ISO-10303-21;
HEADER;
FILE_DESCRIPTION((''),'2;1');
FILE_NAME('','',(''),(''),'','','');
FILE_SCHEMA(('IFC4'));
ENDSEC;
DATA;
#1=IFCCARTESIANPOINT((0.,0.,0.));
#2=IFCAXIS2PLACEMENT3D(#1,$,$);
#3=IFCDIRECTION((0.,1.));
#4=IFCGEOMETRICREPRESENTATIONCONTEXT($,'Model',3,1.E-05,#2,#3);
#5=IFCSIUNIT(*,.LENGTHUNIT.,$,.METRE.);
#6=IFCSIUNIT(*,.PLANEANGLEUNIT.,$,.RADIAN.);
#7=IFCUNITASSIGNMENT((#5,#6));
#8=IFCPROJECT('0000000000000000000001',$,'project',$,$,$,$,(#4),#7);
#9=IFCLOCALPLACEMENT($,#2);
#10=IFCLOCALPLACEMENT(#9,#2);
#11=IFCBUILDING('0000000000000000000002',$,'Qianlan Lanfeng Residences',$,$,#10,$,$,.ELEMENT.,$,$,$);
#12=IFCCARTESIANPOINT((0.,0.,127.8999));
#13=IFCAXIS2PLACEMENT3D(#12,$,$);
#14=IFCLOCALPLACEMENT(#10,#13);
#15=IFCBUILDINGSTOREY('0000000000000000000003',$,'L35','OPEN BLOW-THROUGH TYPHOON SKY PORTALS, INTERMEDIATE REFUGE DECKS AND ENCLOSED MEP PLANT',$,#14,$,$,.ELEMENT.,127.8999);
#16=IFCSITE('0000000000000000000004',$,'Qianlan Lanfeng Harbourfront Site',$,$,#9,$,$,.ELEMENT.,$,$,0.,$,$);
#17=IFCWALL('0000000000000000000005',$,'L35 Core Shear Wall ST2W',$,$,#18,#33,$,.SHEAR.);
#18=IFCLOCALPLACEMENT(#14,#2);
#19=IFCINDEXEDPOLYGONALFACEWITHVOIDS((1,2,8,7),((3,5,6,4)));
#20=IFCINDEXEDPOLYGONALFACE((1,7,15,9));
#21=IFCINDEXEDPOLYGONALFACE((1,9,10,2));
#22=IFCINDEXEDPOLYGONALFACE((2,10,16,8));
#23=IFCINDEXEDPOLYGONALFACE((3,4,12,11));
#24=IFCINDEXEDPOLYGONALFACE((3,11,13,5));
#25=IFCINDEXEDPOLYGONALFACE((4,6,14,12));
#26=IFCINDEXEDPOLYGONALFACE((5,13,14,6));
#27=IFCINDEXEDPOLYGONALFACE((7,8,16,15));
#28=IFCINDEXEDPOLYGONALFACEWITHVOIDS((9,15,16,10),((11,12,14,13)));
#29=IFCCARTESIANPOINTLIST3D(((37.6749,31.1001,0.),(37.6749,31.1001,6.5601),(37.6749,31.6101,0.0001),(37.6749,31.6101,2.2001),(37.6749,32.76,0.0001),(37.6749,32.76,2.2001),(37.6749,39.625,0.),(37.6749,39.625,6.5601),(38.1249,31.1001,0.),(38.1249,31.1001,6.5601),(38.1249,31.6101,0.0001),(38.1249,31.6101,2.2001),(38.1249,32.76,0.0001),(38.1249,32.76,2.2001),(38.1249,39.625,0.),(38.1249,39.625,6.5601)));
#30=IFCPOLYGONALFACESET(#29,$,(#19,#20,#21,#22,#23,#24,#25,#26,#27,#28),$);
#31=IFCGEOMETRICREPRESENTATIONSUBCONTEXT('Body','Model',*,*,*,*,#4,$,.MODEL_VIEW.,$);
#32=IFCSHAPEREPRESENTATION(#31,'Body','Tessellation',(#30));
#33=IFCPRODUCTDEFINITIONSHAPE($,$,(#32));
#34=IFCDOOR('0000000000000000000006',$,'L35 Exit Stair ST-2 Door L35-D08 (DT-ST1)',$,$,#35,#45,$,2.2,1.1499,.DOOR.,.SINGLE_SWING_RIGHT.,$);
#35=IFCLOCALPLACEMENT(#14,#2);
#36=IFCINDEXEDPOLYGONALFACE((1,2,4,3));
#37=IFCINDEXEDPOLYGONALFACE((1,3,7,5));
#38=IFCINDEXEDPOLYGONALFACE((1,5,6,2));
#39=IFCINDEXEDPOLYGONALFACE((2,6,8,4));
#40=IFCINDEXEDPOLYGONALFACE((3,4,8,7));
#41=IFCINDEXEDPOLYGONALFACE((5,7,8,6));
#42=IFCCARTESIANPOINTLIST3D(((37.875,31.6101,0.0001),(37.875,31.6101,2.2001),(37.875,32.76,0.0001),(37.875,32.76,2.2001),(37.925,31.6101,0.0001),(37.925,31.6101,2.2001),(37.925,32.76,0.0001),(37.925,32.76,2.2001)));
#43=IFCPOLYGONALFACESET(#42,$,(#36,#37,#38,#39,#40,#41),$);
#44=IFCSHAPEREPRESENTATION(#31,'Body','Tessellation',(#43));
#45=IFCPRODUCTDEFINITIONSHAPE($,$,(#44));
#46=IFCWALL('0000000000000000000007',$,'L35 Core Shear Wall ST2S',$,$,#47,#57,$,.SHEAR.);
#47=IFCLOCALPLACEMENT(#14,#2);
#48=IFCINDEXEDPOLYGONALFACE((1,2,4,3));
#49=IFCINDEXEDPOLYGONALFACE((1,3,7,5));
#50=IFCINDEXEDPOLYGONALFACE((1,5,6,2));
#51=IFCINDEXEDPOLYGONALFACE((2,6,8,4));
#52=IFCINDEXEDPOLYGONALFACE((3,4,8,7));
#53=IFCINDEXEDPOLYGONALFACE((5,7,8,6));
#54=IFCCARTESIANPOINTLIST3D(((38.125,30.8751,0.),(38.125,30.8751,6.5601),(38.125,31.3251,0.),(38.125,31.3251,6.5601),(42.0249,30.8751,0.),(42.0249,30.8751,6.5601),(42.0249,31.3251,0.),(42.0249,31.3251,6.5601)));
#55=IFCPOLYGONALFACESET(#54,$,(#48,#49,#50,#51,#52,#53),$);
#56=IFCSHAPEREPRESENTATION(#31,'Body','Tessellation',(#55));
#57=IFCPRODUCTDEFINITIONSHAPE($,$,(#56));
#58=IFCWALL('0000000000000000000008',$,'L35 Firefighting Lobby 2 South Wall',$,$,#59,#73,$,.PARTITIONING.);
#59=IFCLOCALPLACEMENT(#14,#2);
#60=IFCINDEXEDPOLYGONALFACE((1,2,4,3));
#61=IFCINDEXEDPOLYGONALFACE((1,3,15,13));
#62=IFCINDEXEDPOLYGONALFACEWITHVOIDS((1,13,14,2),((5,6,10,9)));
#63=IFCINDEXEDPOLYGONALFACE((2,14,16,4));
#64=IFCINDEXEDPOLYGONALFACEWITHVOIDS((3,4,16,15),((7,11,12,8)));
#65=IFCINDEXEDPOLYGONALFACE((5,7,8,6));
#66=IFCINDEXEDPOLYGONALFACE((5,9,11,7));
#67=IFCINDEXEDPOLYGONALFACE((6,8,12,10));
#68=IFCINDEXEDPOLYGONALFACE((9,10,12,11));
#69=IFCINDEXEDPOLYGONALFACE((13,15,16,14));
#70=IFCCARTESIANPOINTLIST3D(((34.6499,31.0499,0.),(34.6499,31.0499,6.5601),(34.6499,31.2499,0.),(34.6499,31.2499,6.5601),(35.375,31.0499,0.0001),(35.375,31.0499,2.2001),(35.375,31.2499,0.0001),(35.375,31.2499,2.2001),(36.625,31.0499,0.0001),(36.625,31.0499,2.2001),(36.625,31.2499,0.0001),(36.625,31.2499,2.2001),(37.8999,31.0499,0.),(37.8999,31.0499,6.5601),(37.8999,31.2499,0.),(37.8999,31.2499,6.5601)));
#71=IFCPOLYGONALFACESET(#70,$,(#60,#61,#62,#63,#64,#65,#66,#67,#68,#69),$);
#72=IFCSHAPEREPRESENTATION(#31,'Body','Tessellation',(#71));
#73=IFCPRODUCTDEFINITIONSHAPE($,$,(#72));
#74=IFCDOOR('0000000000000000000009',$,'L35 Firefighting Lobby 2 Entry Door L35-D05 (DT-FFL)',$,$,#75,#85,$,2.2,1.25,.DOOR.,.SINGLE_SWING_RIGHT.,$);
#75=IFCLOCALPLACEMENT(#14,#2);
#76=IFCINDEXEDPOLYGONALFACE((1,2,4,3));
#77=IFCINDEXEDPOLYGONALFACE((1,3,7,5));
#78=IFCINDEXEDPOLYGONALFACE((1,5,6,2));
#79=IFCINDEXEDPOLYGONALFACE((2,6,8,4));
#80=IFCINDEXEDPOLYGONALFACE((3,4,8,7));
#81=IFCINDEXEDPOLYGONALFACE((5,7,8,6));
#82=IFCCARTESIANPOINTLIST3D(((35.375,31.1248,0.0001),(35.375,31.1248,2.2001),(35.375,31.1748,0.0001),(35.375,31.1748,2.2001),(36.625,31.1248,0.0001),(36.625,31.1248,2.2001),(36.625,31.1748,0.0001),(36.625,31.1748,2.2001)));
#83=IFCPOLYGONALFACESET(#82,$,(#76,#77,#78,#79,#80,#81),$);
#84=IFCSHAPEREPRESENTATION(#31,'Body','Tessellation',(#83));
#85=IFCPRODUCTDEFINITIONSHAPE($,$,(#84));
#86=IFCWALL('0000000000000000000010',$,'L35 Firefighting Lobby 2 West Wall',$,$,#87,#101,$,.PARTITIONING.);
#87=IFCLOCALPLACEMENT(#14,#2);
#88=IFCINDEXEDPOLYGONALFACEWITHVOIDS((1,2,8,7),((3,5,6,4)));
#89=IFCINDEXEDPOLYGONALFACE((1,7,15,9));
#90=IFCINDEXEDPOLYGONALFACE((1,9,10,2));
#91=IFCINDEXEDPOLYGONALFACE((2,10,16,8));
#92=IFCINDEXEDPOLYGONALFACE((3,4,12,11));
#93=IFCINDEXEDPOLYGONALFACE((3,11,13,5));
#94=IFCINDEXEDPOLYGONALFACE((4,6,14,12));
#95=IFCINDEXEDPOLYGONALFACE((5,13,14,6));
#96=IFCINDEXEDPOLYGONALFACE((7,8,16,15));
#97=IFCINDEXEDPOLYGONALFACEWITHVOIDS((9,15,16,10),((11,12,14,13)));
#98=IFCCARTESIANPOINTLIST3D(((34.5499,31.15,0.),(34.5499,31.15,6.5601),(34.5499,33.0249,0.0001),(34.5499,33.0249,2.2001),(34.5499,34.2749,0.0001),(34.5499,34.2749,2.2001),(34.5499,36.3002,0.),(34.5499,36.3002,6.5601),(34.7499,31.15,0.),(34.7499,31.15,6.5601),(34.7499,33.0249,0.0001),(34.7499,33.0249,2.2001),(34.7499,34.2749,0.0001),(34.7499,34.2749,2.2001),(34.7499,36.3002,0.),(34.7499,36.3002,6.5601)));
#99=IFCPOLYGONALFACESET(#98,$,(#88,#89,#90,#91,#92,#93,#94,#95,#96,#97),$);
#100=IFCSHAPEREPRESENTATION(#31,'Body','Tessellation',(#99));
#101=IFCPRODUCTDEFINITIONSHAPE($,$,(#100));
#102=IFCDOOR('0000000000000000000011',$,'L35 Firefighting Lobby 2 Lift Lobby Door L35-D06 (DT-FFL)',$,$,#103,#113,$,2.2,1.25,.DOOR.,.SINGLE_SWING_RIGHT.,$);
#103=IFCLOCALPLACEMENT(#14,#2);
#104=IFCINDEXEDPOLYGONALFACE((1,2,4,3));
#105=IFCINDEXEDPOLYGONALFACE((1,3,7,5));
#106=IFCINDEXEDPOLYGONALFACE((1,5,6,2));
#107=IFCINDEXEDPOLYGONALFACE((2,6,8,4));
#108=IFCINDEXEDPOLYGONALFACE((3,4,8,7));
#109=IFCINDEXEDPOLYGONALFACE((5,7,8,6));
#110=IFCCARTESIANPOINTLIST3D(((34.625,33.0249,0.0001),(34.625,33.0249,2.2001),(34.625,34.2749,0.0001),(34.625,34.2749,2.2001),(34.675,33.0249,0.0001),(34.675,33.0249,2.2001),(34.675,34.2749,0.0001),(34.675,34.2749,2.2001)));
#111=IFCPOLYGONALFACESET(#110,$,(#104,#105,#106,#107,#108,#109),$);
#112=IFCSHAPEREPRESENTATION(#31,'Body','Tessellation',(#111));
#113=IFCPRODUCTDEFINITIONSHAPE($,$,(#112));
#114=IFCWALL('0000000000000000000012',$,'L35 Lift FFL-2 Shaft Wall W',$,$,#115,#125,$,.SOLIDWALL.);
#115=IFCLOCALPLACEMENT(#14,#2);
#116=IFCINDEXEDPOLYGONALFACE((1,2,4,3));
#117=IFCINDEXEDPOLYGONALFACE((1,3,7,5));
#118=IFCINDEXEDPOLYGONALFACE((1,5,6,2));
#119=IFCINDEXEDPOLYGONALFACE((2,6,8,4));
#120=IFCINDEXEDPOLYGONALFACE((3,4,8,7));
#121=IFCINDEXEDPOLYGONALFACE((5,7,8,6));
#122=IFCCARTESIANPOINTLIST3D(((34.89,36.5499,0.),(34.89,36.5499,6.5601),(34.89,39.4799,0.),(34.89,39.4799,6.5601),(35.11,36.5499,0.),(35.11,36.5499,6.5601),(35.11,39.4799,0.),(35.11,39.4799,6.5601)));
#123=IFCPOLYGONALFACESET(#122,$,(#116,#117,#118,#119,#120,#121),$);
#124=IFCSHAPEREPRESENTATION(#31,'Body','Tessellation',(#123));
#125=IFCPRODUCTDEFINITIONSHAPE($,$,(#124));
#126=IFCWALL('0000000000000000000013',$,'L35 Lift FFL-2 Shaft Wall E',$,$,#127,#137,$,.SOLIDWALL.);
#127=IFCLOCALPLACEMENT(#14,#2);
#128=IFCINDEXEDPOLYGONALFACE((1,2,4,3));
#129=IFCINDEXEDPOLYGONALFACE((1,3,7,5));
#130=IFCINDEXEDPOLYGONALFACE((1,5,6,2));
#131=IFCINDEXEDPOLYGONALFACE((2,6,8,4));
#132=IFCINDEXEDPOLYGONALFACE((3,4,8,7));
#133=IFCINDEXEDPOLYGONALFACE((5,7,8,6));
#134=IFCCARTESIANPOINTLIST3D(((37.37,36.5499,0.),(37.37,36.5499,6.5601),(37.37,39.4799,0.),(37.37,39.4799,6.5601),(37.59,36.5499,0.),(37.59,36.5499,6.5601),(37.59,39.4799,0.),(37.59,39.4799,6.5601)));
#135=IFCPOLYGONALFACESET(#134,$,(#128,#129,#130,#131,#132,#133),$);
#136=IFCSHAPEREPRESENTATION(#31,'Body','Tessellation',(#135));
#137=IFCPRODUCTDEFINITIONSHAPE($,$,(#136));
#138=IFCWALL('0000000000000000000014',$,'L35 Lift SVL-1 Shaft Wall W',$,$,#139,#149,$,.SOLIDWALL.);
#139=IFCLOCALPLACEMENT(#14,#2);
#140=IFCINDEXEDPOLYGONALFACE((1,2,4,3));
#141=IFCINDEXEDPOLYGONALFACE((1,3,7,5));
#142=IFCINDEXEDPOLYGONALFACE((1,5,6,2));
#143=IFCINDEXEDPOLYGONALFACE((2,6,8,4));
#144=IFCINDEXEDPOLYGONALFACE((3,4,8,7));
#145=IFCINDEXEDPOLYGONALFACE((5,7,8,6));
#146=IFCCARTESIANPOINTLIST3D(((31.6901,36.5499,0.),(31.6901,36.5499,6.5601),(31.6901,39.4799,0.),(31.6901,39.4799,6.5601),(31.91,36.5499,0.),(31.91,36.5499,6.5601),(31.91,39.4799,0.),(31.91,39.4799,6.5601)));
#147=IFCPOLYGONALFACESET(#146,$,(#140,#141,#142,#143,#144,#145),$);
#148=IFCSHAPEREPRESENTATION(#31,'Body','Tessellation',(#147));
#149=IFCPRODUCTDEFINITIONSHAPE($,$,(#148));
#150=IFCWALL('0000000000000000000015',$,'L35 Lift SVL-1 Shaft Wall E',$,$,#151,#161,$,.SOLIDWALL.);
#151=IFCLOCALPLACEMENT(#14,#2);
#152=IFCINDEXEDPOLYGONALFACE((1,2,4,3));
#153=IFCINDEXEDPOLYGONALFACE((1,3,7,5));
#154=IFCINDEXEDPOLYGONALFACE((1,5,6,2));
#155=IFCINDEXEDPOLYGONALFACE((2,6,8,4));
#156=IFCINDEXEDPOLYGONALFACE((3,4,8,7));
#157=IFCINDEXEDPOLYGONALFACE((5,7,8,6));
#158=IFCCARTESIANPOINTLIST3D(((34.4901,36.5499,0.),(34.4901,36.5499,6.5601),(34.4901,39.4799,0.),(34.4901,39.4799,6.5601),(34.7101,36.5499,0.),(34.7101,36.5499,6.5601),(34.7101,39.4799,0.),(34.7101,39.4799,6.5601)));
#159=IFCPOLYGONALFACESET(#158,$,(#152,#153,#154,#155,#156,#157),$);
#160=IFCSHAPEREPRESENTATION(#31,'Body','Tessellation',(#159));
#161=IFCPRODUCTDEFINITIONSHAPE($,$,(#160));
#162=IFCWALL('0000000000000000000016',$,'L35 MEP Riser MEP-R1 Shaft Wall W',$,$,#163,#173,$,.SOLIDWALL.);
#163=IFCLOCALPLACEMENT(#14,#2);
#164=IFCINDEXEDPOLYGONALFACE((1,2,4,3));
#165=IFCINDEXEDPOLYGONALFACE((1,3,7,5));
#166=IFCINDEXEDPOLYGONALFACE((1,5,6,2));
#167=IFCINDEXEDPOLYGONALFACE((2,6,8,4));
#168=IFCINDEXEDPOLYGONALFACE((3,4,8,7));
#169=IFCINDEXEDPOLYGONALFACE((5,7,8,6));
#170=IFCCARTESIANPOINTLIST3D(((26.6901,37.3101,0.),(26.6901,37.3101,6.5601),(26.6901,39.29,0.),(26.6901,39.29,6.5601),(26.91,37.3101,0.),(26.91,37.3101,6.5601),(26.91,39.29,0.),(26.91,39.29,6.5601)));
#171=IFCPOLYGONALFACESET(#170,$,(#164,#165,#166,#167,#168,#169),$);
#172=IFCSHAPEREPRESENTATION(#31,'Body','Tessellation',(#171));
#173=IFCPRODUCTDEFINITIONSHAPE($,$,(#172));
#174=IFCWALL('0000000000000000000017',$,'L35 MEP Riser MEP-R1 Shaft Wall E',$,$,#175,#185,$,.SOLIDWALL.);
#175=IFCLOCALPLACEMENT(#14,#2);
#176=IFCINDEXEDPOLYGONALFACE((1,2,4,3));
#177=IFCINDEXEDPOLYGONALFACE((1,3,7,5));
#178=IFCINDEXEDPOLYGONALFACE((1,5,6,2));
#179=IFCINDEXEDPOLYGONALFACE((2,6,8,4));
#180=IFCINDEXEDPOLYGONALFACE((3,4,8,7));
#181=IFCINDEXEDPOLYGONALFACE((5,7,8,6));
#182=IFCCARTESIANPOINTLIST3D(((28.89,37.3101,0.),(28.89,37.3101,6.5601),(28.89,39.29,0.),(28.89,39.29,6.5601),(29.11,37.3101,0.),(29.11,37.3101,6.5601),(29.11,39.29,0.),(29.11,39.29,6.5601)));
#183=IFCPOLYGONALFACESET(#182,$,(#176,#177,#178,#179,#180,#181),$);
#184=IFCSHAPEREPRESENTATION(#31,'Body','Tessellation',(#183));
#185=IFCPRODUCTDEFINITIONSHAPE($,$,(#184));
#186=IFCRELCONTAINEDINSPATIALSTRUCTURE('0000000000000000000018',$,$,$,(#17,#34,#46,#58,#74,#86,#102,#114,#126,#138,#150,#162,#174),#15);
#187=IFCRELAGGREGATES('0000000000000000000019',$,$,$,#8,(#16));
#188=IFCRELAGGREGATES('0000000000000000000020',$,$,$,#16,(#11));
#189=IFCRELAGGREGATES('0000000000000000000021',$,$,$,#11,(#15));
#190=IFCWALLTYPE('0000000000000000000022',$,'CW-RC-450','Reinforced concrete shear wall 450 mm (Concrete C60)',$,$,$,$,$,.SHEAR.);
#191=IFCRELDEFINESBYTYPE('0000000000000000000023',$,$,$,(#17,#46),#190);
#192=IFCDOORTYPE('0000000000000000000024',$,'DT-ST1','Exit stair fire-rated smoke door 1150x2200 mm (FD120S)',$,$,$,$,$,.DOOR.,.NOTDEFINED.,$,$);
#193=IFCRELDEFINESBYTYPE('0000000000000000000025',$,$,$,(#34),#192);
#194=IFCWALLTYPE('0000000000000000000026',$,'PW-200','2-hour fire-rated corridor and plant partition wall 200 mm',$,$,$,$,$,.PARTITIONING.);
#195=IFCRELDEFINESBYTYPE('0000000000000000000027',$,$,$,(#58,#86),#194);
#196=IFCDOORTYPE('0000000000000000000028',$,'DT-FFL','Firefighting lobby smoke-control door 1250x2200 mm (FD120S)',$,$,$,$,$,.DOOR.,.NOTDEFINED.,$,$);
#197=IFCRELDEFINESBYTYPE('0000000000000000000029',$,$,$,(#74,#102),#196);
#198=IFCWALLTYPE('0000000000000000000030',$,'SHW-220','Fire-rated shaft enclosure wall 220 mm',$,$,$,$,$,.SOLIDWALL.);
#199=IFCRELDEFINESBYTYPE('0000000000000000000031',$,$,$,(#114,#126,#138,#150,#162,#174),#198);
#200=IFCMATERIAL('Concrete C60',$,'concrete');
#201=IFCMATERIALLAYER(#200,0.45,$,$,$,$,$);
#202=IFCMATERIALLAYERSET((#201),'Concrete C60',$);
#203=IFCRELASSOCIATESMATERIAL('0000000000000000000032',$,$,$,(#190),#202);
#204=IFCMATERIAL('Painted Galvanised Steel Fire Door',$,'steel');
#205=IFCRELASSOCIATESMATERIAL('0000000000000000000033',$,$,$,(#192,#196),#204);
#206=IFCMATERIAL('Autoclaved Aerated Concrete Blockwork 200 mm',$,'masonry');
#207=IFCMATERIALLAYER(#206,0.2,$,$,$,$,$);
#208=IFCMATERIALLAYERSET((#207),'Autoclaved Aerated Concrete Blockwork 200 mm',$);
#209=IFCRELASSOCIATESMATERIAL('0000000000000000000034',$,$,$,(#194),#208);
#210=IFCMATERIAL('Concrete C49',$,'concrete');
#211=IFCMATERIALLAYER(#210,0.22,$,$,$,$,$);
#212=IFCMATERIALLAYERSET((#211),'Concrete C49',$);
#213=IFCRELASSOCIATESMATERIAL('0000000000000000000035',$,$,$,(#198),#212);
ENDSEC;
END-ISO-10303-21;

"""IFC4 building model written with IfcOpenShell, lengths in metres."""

from ifc_helpers import new_model, si_unit, direction, frame, frame_2d, origin, place, context, subcontext, project, spatial, rectangle, extrude, material, layer, layer_set, type_object, element, fill, save


model = new_model("IFC4")

# Units and contexts
model_context = context("Model", 3, precision=1e-05, world=origin(), true_north=direction((0.0, 1.0)))
body_context = subcontext(model_context, "Body", "Model", "MODEL_VIEW")
ifc_project = project(units=[si_unit("LENGTHUNIT", "METRE"), si_unit("PLANEANGLEUNIT", "RADIAN")], contexts=[model_context])

# Site, building, storey
site_placement = place(None, origin())
site = spatial("IfcSite", under=ifc_project, at=site_placement, Name="Qianlan Lanfeng Harbourfront Site", CompositionType="ELEMENT", RefElevation=0.0)
building_placement = place(site_placement, origin())
building = spatial("IfcBuilding", under=site, at=building_placement, Name="Qianlan Lanfeng Residences", CompositionType="ELEMENT")
storey_placement = place(building_placement, frame((0.0, 0.0, 127.8999)))
storey = spatial("IfcBuildingStorey", under=building, at=storey_placement, Name="L35", Description="OPEN BLOW-THROUGH TYPHOON SKY PORTALS, INTERMEDIATE REFUGE DECKS AND ENCLOSED MEP PLANT", CompositionType="ELEMENT", Elevation=127.8999)

# Wall, opening, door
ifc_material_1 = material(Name="Concrete C60", Category="concrete")
ifc_layer_1 = layer(ifc_material_1, 0.45)
ifc_layer_set_1 = layer_set([ifc_layer_1], Name="Concrete C60")
wall_type_1 = type_object("IfcWallType", Name="CW-RC-450", Description="Reinforced concrete shear wall 450 mm (Concrete C60)", PredefinedType="SHEAR", material=ifc_layer_set_1)
wall_1_placement = place(storey_placement, frame((37.8999, 31.1001, 0.0), z_axis=(0.0, 0.0, 1.0), x_axis=(0.0, 1.0, 0.0)))
wall_1 = element("IfcWall", 1, at=wall_1_placement, inside=storey, type_object=wall_type_1, Name="L35 Core Shear Wall ST2W", PredefinedType="SHEAR", context=body_context, shape_type="SweptSolid", body=[
    extrude(rectangle(XDim=8.5249, YDim=0.45, at=frame_2d((4.2625, 0.0))), origin(), (0.0, 0.0, 1.0), 6.5601),
])
opening_1_placement = place(wall_1_placement, frame((0.51, 0.0, 0.0)))
opening_1 = element("IfcOpeningElement", 2, at=opening_1_placement, cuts=wall_1, PredefinedType="OPENING", context=body_context, shape_type="SweptSolid", body=[
    extrude(rectangle(XDim=1.1499, YDim=2.2, at=frame_2d((0.575, 1.1001))), frame((0.0, 0.2349, 0.0), z_axis=(0.0, -1.0, 0.0), x_axis=(1.0, 0.0, 0.0)), (0.0, 0.0, 1.0), 0.47),
])
ifc_material_2 = material(Name="Painted Galvanised Steel Fire Door", Category="steel")
door_type_1 = type_object("IfcDoorType", Name="DT-ST1", Description="Exit stair fire-rated smoke door 1150x2200 mm (FD120S)", OperationType="NOTDEFINED", PredefinedType="DOOR", material=ifc_material_2)
door_1_placement = place(opening_1_placement, origin())
door_1 = element("IfcDoor", 3, at=door_1_placement, inside=storey, type_object=door_type_1, Name="L35 Exit Stair ST-2 Door L35-D08 (DT-ST1)", OperationType="SINGLE_SWING_RIGHT", OverallHeight=2.2, OverallWidth=1.1499, PredefinedType="DOOR", context=body_context, shape_type="SweptSolid", body=[
    extrude(rectangle(XDim=1.1499, YDim=2.2, at=frame_2d((0.575, 1.1001))), frame((0.0, 0.0249, 0.0), z_axis=(0.0, -1.0, 0.0), x_axis=(1.0, 0.0, 0.0)), (0.0, 0.0, 1.0), 0.05),
])
fill(opening_1, door_1)

# Wall
wall_2_placement = place(storey_placement, frame((38.125, 31.1001, 0.0), z_axis=(0.0, 0.0, 1.0), x_axis=(1.0, 0.0, 0.0)))
element("IfcWall", 4, at=wall_2_placement, inside=storey, type_object=wall_type_1, Name="L35 Core Shear Wall ST2S", PredefinedType="SHEAR", context=body_context, shape_type="SweptSolid", body=[
    extrude(rectangle(XDim=3.8999, YDim=0.45, at=frame_2d((1.95, 0.0))), origin(), (0.0, 0.0, 1.0), 6.5601),
])

# Walls, openings, doors
ifc_material_3 = material(Name="Autoclaved Aerated Concrete Blockwork 200 mm", Category="masonry")
ifc_layer_2 = layer(ifc_material_3, 0.2)
ifc_layer_set_2 = layer_set([ifc_layer_2], Name="Autoclaved Aerated Concrete Blockwork 200 mm")
wall_type_2 = type_object("IfcWallType", Name="PW-200", Description="2-hour fire-rated corridor and plant partition wall 200 mm", PredefinedType="PARTITIONING", material=ifc_layer_set_2)
wall_3_placement = place(storey_placement, frame((34.6499, 31.1499, 0.0), z_axis=(0.0, 0.0, 1.0), x_axis=(1.0, 0.0, 0.0)))
wall_3 = element("IfcWall", 5, at=wall_3_placement, inside=storey, type_object=wall_type_2, Name="L35 Firefighting Lobby 2 South Wall", PredefinedType="PARTITIONING", context=body_context, shape_type="SweptSolid", body=[
    extrude(rectangle(XDim=3.25, YDim=0.2, at=frame_2d((1.625, 0.0))), origin(), (0.0, 0.0, 1.0), 6.5601),
])
opening_2_placement = place(wall_3_placement, frame((0.7251, 0.0, 0.0)))
opening_2 = element("IfcOpeningElement", 6, at=opening_2_placement, cuts=wall_3, PredefinedType="OPENING", context=body_context, shape_type="SweptSolid", body=[
    extrude(rectangle(XDim=1.25, YDim=2.2, at=frame_2d((0.625, 1.1001))), frame((0.0, 0.1099, 0.0), z_axis=(0.0, -1.0, 0.0), x_axis=(1.0, 0.0, 0.0)), (0.0, 0.0, 1.0), 0.22),
])
door_type_2 = type_object("IfcDoorType", Name="DT-FFL", Description="Firefighting lobby smoke-control door 1250x2200 mm (FD120S)", OperationType="NOTDEFINED", PredefinedType="DOOR", material=ifc_material_2)
door_2_placement = place(opening_2_placement, origin())
door_2 = element("IfcDoor", 7, at=door_2_placement, inside=storey, type_object=door_type_2, Name="L35 Firefighting Lobby 2 Entry Door L35-D05 (DT-FFL)", OperationType="SINGLE_SWING_RIGHT", OverallHeight=2.2, OverallWidth=1.25, PredefinedType="DOOR", context=body_context, shape_type="SweptSolid", body=[
    extrude(rectangle(XDim=1.25, YDim=2.2, at=frame_2d((0.625, 1.1001))), frame((0.0, 0.0249, 0.0), z_axis=(0.0, -1.0, 0.0), x_axis=(1.0, 0.0, 0.0)), (0.0, 0.0, 1.0), 0.05),
])
fill(opening_2, door_2)
wall_4_placement = place(storey_placement, frame((34.6499, 31.1499, 0.0), z_axis=(0.0, 0.0, 1.0), x_axis=(0.0, 1.0, 0.0)))
wall_4 = element("IfcWall", 8, at=wall_4_placement, inside=storey, type_object=wall_type_2, Name="L35 Firefighting Lobby 2 West Wall", PredefinedType="PARTITIONING", context=body_context, shape_type="SweptSolid", body=[
    extrude(rectangle(XDim=5.1501, YDim=0.2, at=frame_2d((2.5752, 0.0))), origin(), (0.0, 0.0, 1.0), 6.5601),
])
opening_3_placement = place(wall_4_placement, frame((1.875, 0.0, 0.0)))
opening_3 = element("IfcOpeningElement", 9, at=opening_3_placement, cuts=wall_4, PredefinedType="OPENING", context=body_context, shape_type="SweptSolid", body=[
    extrude(rectangle(XDim=1.25, YDim=2.2, at=frame_2d((0.625, 1.1001))), frame((0.0, 0.1099, 0.0), z_axis=(0.0, -1.0, 0.0), x_axis=(1.0, 0.0, 0.0)), (0.0, 0.0, 1.0), 0.22),
])
door_3_placement = place(opening_3_placement, origin())
door_3 = element("IfcDoor", 10, at=door_3_placement, inside=storey, type_object=door_type_2, Name="L35 Firefighting Lobby 2 Lift Lobby Door L35-D06 (DT-FFL)", OperationType="SINGLE_SWING_RIGHT", OverallHeight=2.2, OverallWidth=1.25, PredefinedType="DOOR", context=body_context, shape_type="SweptSolid", body=[
    extrude(rectangle(XDim=1.25, YDim=2.2, at=frame_2d((0.625, 1.1001))), frame((0.0, 0.0249, 0.0), z_axis=(0.0, -1.0, 0.0), x_axis=(1.0, 0.0, 0.0)), (0.0, 0.0, 1.0), 0.05),
])
fill(opening_3, door_3)

# Walls
ifc_material_4 = material(Name="Concrete C49", Category="concrete")
ifc_layer_3 = layer(ifc_material_4, 0.22)
ifc_layer_set_3 = layer_set([ifc_layer_3], Name="Concrete C49")
wall_type_3 = type_object("IfcWallType", Name="SHW-220", Description="Fire-rated shaft enclosure wall 220 mm", PredefinedType="SOLIDWALL", material=ifc_layer_set_3)
for number, where, z_axis, x_axis, name in (
    (11, (35.0, 36.55, 0.0), (0.0, 0.0, 1.0), (0.0, 1.0, 0.0), "L35 Lift FFL-2 Shaft Wall W"),
    (12, (37.48, 36.55, 0.0), (0.0, 0.0, 1.0), (0.0, 1.0, 0.0), "L35 Lift FFL-2 Shaft Wall E"),
    (13, (31.8, 36.55, 0.0), (0.0, 0.0, 1.0), (0.0, 1.0, 0.0), "L35 Lift SVL-1 Shaft Wall W"),
    (14, (34.6001, 36.55, 0.0), (0.0, 0.0, 1.0), (0.0, 1.0, 0.0), "L35 Lift SVL-1 Shaft Wall E"),
):
    element("IfcWall", number, at=place(storey_placement, frame(where, z_axis=z_axis, x_axis=x_axis)), inside=storey, type_object=wall_type_3, Name=name, PredefinedType="SOLIDWALL", context=body_context, shape_type="SweptSolid", body=[
        extrude(rectangle(XDim=2.9299, YDim=0.22, at=frame_2d((1.4648, 0.0))), origin(), (0.0, 0.0, 1.0), 6.5601),
    ])
for number, where, z_axis, x_axis, name in (
    (15, (26.8, 37.3101, 0.0), (0.0, 0.0, 1.0), (0.0, 1.0, 0.0), "L35 MEP Riser MEP-R1 Shaft Wall W"),
    (16, (29.0, 37.3101, 0.0), (0.0, 0.0, 1.0), (0.0, 1.0, 0.0), "L35 MEP Riser MEP-R1 Shaft Wall E"),
):
    element("IfcWall", number, at=place(storey_placement, frame(where, z_axis=z_axis, x_axis=x_axis)), inside=storey, type_object=wall_type_3, Name=name, PredefinedType="SOLIDWALL", context=body_context, shape_type="SweptSolid", body=[
        extrude(rectangle(XDim=1.98, YDim=0.22, at=frame_2d((0.99, 0.0))), origin(), (0.0, 0.0, 1.0), 6.5601),
    ])

save(model, "model.ifc")
